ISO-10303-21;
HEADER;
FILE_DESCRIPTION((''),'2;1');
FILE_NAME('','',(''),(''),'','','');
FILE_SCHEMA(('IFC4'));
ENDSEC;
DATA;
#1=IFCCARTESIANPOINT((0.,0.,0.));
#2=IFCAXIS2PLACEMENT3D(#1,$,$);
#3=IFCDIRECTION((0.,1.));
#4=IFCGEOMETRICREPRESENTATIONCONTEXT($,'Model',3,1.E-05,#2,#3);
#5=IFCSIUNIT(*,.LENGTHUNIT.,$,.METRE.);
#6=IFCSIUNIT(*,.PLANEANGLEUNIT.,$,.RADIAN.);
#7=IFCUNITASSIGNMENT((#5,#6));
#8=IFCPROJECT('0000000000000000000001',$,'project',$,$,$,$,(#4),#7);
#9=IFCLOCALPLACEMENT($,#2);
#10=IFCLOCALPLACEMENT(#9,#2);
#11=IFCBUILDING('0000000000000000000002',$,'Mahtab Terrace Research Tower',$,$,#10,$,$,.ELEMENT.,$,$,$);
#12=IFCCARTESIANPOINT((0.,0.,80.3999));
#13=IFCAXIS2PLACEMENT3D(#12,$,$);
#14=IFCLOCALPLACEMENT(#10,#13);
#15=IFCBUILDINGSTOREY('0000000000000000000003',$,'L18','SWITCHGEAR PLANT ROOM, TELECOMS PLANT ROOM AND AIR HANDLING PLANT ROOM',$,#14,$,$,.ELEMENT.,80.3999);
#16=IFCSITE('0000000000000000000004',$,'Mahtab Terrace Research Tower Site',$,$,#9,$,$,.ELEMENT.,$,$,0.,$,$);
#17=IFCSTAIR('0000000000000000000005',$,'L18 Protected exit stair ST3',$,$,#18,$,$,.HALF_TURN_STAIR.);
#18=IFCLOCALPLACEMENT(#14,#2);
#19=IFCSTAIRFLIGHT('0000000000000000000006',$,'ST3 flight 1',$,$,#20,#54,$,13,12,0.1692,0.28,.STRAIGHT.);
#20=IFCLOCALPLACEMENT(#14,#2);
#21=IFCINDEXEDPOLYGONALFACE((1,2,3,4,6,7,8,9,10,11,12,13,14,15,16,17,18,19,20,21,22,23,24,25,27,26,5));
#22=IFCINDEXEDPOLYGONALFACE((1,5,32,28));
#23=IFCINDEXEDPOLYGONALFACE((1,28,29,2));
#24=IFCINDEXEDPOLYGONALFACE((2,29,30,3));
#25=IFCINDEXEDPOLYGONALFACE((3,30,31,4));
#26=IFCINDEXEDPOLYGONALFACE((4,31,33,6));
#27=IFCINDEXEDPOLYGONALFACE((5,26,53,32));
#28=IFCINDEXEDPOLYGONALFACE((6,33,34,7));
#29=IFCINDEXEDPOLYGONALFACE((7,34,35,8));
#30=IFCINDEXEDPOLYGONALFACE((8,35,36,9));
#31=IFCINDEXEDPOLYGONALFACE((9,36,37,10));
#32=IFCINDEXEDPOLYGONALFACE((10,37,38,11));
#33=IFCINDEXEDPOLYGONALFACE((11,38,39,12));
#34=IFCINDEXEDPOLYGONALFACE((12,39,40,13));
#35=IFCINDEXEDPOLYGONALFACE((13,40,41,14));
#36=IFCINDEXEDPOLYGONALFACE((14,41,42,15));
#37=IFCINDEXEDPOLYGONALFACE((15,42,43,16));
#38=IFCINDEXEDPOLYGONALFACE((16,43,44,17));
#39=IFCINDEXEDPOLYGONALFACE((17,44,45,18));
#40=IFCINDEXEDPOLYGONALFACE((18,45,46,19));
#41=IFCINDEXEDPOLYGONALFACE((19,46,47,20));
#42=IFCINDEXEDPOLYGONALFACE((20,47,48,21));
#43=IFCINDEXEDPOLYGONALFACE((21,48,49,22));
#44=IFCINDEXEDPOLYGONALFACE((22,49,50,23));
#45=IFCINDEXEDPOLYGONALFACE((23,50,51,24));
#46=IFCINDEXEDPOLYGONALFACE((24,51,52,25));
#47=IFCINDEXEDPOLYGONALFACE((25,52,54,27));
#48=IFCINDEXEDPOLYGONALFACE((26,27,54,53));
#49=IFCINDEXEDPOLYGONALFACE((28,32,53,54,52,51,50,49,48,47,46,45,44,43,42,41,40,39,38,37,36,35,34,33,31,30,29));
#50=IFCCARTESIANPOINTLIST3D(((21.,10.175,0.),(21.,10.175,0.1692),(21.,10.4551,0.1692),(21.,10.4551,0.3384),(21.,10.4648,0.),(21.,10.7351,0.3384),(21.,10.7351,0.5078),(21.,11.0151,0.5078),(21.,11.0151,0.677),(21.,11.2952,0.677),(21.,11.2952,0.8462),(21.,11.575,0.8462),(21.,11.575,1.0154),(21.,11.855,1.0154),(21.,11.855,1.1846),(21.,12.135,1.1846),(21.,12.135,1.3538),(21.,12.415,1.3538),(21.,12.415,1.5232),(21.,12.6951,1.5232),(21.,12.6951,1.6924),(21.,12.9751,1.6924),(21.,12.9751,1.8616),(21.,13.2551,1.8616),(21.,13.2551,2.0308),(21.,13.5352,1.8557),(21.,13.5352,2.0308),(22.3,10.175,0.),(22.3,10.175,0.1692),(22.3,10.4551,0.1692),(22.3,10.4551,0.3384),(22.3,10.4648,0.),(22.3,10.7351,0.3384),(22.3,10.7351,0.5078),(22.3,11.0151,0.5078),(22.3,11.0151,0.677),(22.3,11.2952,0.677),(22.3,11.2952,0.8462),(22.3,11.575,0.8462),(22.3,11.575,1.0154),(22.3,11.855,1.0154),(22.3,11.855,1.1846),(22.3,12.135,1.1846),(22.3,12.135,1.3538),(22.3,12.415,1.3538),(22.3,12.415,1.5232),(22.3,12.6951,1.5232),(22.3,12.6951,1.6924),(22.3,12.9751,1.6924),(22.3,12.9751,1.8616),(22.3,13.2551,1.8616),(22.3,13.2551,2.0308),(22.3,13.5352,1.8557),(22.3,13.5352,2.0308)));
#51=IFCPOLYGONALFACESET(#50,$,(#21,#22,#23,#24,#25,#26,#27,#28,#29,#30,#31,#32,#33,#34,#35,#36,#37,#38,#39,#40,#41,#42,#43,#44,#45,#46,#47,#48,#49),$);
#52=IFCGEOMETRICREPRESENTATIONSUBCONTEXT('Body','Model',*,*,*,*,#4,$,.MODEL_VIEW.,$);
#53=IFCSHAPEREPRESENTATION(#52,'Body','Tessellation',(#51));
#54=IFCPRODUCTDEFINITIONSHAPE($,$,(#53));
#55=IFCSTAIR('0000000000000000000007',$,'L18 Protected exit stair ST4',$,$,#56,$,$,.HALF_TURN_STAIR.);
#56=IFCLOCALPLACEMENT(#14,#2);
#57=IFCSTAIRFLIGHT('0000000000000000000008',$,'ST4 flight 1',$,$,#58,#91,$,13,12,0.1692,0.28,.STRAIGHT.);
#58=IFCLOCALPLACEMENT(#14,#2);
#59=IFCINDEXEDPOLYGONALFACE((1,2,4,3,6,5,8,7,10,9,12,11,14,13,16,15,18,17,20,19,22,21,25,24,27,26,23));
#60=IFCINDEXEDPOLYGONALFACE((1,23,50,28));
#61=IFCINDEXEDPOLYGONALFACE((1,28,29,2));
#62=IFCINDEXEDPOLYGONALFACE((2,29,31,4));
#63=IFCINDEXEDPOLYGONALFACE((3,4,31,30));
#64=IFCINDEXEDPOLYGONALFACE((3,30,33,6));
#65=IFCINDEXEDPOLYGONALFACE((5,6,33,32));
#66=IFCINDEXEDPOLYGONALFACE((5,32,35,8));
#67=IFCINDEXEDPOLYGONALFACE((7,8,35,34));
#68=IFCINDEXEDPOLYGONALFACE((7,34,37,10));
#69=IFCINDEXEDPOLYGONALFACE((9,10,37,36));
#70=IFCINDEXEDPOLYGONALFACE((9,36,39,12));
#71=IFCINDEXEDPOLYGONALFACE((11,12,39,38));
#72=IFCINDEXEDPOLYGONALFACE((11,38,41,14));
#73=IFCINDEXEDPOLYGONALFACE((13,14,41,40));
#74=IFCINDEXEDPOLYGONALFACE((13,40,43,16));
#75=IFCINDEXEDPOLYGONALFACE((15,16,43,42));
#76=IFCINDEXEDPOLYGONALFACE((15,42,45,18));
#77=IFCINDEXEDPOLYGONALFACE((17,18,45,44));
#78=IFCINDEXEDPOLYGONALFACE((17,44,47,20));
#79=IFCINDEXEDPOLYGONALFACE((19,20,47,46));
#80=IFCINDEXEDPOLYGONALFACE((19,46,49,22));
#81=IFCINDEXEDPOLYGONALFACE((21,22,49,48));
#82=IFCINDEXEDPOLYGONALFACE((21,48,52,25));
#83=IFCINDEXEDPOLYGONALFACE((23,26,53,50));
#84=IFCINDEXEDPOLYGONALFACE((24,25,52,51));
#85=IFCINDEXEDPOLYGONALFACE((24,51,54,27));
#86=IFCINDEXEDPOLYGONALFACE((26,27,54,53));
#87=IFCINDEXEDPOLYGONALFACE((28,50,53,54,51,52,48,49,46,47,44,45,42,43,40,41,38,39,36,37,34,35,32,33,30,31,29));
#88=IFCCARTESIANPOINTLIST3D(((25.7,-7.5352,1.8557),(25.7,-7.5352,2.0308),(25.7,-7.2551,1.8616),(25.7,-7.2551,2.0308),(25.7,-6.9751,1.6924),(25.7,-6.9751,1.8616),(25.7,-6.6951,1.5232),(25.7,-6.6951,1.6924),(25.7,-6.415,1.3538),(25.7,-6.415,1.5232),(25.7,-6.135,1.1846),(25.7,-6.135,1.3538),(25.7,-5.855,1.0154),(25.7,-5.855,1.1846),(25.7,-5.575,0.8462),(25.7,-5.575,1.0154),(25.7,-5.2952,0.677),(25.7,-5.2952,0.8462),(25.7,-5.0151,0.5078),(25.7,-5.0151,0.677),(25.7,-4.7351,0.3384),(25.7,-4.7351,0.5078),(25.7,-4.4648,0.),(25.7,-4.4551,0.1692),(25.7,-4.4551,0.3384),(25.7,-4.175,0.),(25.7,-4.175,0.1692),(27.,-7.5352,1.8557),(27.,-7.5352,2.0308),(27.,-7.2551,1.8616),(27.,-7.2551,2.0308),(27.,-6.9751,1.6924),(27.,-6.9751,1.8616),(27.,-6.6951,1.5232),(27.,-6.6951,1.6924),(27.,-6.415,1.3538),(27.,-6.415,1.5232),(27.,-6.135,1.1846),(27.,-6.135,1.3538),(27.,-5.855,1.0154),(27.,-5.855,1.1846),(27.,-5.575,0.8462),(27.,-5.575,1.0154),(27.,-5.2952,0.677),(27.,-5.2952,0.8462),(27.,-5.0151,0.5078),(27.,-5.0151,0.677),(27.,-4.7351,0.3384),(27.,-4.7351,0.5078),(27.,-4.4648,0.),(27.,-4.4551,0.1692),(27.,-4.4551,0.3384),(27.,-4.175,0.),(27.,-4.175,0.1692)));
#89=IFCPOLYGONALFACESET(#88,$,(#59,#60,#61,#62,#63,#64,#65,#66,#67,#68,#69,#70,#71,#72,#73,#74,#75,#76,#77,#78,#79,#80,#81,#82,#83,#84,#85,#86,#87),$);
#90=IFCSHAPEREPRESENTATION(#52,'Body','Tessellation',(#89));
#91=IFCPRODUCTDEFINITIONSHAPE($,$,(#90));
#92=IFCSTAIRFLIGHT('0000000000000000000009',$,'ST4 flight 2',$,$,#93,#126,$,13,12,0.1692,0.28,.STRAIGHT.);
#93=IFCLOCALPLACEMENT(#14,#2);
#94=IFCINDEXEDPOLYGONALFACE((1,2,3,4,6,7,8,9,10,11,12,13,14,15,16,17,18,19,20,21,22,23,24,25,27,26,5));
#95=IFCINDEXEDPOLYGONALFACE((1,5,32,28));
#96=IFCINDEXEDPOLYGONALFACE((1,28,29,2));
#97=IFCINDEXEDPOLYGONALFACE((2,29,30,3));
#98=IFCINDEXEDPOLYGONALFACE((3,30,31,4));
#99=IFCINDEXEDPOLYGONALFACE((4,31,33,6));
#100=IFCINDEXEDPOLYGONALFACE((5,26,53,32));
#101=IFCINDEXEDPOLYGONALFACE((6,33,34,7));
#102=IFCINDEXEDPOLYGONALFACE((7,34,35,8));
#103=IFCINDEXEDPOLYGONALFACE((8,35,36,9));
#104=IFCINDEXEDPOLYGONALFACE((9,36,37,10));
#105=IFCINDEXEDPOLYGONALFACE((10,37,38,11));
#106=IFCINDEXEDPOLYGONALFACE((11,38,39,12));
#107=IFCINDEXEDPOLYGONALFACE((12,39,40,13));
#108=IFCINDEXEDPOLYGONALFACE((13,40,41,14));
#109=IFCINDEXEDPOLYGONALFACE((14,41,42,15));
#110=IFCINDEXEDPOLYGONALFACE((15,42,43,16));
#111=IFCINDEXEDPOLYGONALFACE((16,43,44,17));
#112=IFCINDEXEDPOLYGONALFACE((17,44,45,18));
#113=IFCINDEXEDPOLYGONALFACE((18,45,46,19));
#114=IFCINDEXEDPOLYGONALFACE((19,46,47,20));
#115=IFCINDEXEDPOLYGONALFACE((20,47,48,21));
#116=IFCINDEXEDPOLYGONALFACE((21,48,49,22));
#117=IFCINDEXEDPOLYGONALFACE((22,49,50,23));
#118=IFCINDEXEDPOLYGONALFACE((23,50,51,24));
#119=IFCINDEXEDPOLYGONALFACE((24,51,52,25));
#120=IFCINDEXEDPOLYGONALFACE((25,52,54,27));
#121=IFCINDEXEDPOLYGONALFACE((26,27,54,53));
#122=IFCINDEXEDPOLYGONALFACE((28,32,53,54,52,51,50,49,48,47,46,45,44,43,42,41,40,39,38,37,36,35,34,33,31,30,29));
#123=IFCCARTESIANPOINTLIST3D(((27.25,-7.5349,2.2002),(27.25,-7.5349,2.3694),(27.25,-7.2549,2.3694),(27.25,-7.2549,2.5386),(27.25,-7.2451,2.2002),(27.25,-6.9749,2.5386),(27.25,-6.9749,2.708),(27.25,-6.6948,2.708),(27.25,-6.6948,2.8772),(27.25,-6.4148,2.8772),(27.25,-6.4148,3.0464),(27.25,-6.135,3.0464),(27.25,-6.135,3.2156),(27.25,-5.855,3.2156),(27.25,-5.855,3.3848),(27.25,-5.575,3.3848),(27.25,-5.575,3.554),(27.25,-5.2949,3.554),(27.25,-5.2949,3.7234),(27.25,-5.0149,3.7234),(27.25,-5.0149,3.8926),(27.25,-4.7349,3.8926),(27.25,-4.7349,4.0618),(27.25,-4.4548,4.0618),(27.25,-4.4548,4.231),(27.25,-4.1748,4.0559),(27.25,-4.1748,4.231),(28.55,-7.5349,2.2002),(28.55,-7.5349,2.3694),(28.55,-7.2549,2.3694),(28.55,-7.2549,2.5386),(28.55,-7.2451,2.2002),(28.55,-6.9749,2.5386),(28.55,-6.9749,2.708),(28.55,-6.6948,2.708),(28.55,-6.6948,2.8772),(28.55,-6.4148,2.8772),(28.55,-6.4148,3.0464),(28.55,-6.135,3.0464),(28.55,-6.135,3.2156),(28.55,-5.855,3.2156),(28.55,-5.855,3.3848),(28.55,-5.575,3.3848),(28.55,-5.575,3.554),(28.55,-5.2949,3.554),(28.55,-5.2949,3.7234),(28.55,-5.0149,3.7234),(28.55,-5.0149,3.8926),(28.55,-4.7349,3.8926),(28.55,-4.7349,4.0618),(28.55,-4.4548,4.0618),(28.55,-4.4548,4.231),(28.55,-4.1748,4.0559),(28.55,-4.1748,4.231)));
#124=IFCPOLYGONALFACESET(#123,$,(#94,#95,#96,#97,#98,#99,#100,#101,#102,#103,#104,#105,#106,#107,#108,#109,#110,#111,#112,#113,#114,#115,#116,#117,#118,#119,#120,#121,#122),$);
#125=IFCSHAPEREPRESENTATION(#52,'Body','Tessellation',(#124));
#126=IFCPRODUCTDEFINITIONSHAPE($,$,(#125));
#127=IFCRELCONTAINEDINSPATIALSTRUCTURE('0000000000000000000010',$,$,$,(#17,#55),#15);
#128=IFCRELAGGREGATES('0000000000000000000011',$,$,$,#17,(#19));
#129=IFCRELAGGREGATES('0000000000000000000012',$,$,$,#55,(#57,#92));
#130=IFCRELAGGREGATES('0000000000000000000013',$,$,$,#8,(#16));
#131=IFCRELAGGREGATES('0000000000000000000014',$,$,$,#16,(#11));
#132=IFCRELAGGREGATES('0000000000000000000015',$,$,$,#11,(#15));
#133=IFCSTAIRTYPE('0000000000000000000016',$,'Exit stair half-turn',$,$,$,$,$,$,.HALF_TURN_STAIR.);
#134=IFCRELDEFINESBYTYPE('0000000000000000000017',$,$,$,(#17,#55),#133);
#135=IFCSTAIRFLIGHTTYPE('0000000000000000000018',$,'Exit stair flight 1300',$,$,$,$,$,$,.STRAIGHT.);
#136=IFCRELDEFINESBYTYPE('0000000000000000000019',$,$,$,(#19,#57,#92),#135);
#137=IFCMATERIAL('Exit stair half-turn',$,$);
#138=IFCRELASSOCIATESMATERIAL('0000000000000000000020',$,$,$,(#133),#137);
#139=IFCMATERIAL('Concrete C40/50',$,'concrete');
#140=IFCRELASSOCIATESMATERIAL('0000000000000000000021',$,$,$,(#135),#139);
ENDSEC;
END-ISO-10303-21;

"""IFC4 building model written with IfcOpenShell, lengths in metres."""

from ifc_helpers import new_model, si_unit, direction, frame, origin, place, context, subcontext, project, spatial, polyline, outline, extrude, material, type_object, element, aggregate, save


model = new_model("IFC4")

# Units and contexts
model_context = context("Model", 3, precision=1e-05, world=origin(), true_north=direction((0.0, 1.0)))
body_context = subcontext(model_context, "Body", "Model", "MODEL_VIEW")
ifc_project = project(units=[si_unit("LENGTHUNIT", "METRE"), si_unit("PLANEANGLEUNIT", "RADIAN")], contexts=[model_context])

# Site, building, storey
site_placement = place(None, origin())
site = spatial("IfcSite", under=ifc_project, at=site_placement, Name="Mahtab Terrace Research Tower Site", CompositionType="ELEMENT", RefElevation=0.0)
building_placement = place(site_placement, origin())
building = spatial("IfcBuilding", under=site, at=building_placement, Name="Mahtab Terrace Research Tower", CompositionType="ELEMENT")
storey_placement = place(building_placement, frame((0.0, 0.0, 80.3999)))
storey = spatial("IfcBuildingStorey", under=building, at=storey_placement, Name="L18", Description="SWITCHGEAR PLANT ROOM, TELECOMS PLANT ROOM AND AIR HANDLING PLANT ROOM", CompositionType="ELEMENT", Elevation=80.3999)

# Stair, stair flight
ifc_material_1 = material(Name="Exit stair half-turn")
stair_type = type_object("IfcStairType", Name="Exit stair half-turn", PredefinedType="HALF_TURN_STAIR", material=ifc_material_1)
stair_1_placement = place(storey_placement, origin())
stair_1 = element("IfcStair", 1, at=stair_1_placement, inside=storey, type_object=stair_type, Name="L18 Protected exit stair ST3", PredefinedType="HALF_TURN_STAIR")
ifc_material_2 = material(Name="Concrete C40/50", Category="concrete")
stair_flight_type = type_object("IfcStairFlightType", Name="Exit stair flight 1300", PredefinedType="STRAIGHT", material=ifc_material_2)
stair_flight_1_placement = place(storey_placement, frame((21.6499, 10.175, 0.0), z_axis=(0.0, 0.0, 1.0), x_axis=(0.0, 1.0, 0.0)))
stair_flight_1 = element("IfcStairFlight", 2, at=stair_flight_1_placement, type_object=stair_flight_type, Name="ST3 flight 1", NumberOfRisers=13, NumberOfTreads=12, PredefinedType="STRAIGHT", RiserHeight=0.1692, TreadLength=0.28, context=body_context, shape_type="SweptSolid", body=[
    extrude(outline(polyline([(0.0, 0.0), (0.0, 0.1692), (0.28, 0.1692), (0.28, 0.3384), (0.5601, 0.3384), (0.5601, 0.5078), (0.8401, 0.5078), (0.8401, 0.677), (1.1201, 0.677), (1.1201, 0.8462), (1.3999, 0.8462), (1.3999, 1.0154), (1.6799, 1.0154), (1.6799, 1.1846), (1.96, 1.1846), (1.96, 1.3538), (2.24, 1.3538), (2.24, 1.5232), (2.52, 1.5232), (2.52, 1.6924), (2.8, 1.6924), (2.8, 1.8616), (3.0801, 1.8616), (3.0801, 2.0308), (3.3601, 2.0308), (3.3601, 2.2), (3.3601, 1.8557), (0.2898, 0.0), (0.0, 0.0)])), frame((0.0, 0.6499, 0.0), z_axis=(0.0, -1.0, 0.0), x_axis=(1.0, 0.0, 0.0)), (0.0, 0.0, 1.0), 1.3),
])
aggregate(stair_1, [stair_flight_1])

# Stair, stair flights
stair_2_placement = place(storey_placement, origin())
stair_2 = element("IfcStair", 3, at=stair_2_placement, inside=storey, type_object=stair_type, Name="L18 Protected exit stair ST4", PredefinedType="HALF_TURN_STAIR")
stair_flight_2_placement = place(storey_placement, frame((26.3501, -4.175, 0.0), z_axis=(0.0, 0.0, 1.0), x_axis=(0.0, -1.0, 0.0)))
stair_flight_2 = element("IfcStairFlight", 4, at=stair_flight_2_placement, type_object=stair_flight_type, Name="ST4 flight 1", NumberOfRisers=13, NumberOfTreads=12, PredefinedType="STRAIGHT", RiserHeight=0.1692, TreadLength=0.28, context=body_context, shape_type="SweptSolid", body=[
    extrude(outline(polyline([(0.0, 0.0), (0.0, 0.1692), (0.28, 0.1692), (0.28, 0.3384), (0.5601, 0.3384), (0.5601, 0.5078), (0.8401, 0.5078), (0.8401, 0.677), (1.1201, 0.677), (1.1201, 0.8462), (1.3999, 0.8462), (1.3999, 1.0154), (1.6799, 1.0154), (1.6799, 1.1846), (1.96, 1.1846), (1.96, 1.3538), (2.24, 1.3538), (2.24, 1.5232), (2.52, 1.5232), (2.52, 1.6924), (2.8, 1.6924), (2.8, 1.8616), (3.0801, 1.8616), (3.0801, 2.0308), (3.3601, 2.0308), (3.3601, 2.2), (3.3601, 1.8557), (0.2898, 0.0), (0.0, 0.0)])), frame((0.0, 0.6499, 0.0), z_axis=(0.0, -1.0, 0.0), x_axis=(1.0, 0.0, 0.0)), (0.0, 0.0, 1.0), 1.3),
])
stair_flight_3_placement = place(storey_placement, frame((27.8999, -7.5349, 2.2002), z_axis=(0.0, 0.0, 1.0), x_axis=(0.0, 1.0, 0.0)))
stair_flight_3 = element("IfcStairFlight", 5, at=stair_flight_3_placement, type_object=stair_flight_type, Name="ST4 flight 2", NumberOfRisers=13, NumberOfTreads=12, PredefinedType="STRAIGHT", RiserHeight=0.1692, TreadLength=0.28, context=body_context, shape_type="SweptSolid", body=[
    extrude(outline(polyline([(0.0, 0.0), (0.0, 0.1692), (0.28, 0.1692), (0.28, 0.3384), (0.5601, 0.3384), (0.5601, 0.5078), (0.8401, 0.5078), (0.8401, 0.677), (1.1201, 0.677), (1.1201, 0.8462), (1.3999, 0.8462), (1.3999, 1.0154), (1.6799, 1.0154), (1.6799, 1.1846), (1.96, 1.1846), (1.96, 1.3538), (2.24, 1.3538), (2.24, 1.5232), (2.52, 1.5232), (2.52, 1.6924), (2.8, 1.6924), (2.8, 1.8616), (3.0801, 1.8616), (3.0801, 2.0308), (3.3601, 2.0308), (3.3601, 2.2), (3.3601, 1.8557), (0.2898, 0.0), (0.0, 0.0)])), frame((0.0, 0.6499, 0.0), z_axis=(0.0, -1.0, 0.0), x_axis=(1.0, 0.0, 0.0)), (0.0, 0.0, 1.0), 1.3),
])
aggregate(stair_2, [stair_flight_2, stair_flight_3])

save(model, "model.ifc")
